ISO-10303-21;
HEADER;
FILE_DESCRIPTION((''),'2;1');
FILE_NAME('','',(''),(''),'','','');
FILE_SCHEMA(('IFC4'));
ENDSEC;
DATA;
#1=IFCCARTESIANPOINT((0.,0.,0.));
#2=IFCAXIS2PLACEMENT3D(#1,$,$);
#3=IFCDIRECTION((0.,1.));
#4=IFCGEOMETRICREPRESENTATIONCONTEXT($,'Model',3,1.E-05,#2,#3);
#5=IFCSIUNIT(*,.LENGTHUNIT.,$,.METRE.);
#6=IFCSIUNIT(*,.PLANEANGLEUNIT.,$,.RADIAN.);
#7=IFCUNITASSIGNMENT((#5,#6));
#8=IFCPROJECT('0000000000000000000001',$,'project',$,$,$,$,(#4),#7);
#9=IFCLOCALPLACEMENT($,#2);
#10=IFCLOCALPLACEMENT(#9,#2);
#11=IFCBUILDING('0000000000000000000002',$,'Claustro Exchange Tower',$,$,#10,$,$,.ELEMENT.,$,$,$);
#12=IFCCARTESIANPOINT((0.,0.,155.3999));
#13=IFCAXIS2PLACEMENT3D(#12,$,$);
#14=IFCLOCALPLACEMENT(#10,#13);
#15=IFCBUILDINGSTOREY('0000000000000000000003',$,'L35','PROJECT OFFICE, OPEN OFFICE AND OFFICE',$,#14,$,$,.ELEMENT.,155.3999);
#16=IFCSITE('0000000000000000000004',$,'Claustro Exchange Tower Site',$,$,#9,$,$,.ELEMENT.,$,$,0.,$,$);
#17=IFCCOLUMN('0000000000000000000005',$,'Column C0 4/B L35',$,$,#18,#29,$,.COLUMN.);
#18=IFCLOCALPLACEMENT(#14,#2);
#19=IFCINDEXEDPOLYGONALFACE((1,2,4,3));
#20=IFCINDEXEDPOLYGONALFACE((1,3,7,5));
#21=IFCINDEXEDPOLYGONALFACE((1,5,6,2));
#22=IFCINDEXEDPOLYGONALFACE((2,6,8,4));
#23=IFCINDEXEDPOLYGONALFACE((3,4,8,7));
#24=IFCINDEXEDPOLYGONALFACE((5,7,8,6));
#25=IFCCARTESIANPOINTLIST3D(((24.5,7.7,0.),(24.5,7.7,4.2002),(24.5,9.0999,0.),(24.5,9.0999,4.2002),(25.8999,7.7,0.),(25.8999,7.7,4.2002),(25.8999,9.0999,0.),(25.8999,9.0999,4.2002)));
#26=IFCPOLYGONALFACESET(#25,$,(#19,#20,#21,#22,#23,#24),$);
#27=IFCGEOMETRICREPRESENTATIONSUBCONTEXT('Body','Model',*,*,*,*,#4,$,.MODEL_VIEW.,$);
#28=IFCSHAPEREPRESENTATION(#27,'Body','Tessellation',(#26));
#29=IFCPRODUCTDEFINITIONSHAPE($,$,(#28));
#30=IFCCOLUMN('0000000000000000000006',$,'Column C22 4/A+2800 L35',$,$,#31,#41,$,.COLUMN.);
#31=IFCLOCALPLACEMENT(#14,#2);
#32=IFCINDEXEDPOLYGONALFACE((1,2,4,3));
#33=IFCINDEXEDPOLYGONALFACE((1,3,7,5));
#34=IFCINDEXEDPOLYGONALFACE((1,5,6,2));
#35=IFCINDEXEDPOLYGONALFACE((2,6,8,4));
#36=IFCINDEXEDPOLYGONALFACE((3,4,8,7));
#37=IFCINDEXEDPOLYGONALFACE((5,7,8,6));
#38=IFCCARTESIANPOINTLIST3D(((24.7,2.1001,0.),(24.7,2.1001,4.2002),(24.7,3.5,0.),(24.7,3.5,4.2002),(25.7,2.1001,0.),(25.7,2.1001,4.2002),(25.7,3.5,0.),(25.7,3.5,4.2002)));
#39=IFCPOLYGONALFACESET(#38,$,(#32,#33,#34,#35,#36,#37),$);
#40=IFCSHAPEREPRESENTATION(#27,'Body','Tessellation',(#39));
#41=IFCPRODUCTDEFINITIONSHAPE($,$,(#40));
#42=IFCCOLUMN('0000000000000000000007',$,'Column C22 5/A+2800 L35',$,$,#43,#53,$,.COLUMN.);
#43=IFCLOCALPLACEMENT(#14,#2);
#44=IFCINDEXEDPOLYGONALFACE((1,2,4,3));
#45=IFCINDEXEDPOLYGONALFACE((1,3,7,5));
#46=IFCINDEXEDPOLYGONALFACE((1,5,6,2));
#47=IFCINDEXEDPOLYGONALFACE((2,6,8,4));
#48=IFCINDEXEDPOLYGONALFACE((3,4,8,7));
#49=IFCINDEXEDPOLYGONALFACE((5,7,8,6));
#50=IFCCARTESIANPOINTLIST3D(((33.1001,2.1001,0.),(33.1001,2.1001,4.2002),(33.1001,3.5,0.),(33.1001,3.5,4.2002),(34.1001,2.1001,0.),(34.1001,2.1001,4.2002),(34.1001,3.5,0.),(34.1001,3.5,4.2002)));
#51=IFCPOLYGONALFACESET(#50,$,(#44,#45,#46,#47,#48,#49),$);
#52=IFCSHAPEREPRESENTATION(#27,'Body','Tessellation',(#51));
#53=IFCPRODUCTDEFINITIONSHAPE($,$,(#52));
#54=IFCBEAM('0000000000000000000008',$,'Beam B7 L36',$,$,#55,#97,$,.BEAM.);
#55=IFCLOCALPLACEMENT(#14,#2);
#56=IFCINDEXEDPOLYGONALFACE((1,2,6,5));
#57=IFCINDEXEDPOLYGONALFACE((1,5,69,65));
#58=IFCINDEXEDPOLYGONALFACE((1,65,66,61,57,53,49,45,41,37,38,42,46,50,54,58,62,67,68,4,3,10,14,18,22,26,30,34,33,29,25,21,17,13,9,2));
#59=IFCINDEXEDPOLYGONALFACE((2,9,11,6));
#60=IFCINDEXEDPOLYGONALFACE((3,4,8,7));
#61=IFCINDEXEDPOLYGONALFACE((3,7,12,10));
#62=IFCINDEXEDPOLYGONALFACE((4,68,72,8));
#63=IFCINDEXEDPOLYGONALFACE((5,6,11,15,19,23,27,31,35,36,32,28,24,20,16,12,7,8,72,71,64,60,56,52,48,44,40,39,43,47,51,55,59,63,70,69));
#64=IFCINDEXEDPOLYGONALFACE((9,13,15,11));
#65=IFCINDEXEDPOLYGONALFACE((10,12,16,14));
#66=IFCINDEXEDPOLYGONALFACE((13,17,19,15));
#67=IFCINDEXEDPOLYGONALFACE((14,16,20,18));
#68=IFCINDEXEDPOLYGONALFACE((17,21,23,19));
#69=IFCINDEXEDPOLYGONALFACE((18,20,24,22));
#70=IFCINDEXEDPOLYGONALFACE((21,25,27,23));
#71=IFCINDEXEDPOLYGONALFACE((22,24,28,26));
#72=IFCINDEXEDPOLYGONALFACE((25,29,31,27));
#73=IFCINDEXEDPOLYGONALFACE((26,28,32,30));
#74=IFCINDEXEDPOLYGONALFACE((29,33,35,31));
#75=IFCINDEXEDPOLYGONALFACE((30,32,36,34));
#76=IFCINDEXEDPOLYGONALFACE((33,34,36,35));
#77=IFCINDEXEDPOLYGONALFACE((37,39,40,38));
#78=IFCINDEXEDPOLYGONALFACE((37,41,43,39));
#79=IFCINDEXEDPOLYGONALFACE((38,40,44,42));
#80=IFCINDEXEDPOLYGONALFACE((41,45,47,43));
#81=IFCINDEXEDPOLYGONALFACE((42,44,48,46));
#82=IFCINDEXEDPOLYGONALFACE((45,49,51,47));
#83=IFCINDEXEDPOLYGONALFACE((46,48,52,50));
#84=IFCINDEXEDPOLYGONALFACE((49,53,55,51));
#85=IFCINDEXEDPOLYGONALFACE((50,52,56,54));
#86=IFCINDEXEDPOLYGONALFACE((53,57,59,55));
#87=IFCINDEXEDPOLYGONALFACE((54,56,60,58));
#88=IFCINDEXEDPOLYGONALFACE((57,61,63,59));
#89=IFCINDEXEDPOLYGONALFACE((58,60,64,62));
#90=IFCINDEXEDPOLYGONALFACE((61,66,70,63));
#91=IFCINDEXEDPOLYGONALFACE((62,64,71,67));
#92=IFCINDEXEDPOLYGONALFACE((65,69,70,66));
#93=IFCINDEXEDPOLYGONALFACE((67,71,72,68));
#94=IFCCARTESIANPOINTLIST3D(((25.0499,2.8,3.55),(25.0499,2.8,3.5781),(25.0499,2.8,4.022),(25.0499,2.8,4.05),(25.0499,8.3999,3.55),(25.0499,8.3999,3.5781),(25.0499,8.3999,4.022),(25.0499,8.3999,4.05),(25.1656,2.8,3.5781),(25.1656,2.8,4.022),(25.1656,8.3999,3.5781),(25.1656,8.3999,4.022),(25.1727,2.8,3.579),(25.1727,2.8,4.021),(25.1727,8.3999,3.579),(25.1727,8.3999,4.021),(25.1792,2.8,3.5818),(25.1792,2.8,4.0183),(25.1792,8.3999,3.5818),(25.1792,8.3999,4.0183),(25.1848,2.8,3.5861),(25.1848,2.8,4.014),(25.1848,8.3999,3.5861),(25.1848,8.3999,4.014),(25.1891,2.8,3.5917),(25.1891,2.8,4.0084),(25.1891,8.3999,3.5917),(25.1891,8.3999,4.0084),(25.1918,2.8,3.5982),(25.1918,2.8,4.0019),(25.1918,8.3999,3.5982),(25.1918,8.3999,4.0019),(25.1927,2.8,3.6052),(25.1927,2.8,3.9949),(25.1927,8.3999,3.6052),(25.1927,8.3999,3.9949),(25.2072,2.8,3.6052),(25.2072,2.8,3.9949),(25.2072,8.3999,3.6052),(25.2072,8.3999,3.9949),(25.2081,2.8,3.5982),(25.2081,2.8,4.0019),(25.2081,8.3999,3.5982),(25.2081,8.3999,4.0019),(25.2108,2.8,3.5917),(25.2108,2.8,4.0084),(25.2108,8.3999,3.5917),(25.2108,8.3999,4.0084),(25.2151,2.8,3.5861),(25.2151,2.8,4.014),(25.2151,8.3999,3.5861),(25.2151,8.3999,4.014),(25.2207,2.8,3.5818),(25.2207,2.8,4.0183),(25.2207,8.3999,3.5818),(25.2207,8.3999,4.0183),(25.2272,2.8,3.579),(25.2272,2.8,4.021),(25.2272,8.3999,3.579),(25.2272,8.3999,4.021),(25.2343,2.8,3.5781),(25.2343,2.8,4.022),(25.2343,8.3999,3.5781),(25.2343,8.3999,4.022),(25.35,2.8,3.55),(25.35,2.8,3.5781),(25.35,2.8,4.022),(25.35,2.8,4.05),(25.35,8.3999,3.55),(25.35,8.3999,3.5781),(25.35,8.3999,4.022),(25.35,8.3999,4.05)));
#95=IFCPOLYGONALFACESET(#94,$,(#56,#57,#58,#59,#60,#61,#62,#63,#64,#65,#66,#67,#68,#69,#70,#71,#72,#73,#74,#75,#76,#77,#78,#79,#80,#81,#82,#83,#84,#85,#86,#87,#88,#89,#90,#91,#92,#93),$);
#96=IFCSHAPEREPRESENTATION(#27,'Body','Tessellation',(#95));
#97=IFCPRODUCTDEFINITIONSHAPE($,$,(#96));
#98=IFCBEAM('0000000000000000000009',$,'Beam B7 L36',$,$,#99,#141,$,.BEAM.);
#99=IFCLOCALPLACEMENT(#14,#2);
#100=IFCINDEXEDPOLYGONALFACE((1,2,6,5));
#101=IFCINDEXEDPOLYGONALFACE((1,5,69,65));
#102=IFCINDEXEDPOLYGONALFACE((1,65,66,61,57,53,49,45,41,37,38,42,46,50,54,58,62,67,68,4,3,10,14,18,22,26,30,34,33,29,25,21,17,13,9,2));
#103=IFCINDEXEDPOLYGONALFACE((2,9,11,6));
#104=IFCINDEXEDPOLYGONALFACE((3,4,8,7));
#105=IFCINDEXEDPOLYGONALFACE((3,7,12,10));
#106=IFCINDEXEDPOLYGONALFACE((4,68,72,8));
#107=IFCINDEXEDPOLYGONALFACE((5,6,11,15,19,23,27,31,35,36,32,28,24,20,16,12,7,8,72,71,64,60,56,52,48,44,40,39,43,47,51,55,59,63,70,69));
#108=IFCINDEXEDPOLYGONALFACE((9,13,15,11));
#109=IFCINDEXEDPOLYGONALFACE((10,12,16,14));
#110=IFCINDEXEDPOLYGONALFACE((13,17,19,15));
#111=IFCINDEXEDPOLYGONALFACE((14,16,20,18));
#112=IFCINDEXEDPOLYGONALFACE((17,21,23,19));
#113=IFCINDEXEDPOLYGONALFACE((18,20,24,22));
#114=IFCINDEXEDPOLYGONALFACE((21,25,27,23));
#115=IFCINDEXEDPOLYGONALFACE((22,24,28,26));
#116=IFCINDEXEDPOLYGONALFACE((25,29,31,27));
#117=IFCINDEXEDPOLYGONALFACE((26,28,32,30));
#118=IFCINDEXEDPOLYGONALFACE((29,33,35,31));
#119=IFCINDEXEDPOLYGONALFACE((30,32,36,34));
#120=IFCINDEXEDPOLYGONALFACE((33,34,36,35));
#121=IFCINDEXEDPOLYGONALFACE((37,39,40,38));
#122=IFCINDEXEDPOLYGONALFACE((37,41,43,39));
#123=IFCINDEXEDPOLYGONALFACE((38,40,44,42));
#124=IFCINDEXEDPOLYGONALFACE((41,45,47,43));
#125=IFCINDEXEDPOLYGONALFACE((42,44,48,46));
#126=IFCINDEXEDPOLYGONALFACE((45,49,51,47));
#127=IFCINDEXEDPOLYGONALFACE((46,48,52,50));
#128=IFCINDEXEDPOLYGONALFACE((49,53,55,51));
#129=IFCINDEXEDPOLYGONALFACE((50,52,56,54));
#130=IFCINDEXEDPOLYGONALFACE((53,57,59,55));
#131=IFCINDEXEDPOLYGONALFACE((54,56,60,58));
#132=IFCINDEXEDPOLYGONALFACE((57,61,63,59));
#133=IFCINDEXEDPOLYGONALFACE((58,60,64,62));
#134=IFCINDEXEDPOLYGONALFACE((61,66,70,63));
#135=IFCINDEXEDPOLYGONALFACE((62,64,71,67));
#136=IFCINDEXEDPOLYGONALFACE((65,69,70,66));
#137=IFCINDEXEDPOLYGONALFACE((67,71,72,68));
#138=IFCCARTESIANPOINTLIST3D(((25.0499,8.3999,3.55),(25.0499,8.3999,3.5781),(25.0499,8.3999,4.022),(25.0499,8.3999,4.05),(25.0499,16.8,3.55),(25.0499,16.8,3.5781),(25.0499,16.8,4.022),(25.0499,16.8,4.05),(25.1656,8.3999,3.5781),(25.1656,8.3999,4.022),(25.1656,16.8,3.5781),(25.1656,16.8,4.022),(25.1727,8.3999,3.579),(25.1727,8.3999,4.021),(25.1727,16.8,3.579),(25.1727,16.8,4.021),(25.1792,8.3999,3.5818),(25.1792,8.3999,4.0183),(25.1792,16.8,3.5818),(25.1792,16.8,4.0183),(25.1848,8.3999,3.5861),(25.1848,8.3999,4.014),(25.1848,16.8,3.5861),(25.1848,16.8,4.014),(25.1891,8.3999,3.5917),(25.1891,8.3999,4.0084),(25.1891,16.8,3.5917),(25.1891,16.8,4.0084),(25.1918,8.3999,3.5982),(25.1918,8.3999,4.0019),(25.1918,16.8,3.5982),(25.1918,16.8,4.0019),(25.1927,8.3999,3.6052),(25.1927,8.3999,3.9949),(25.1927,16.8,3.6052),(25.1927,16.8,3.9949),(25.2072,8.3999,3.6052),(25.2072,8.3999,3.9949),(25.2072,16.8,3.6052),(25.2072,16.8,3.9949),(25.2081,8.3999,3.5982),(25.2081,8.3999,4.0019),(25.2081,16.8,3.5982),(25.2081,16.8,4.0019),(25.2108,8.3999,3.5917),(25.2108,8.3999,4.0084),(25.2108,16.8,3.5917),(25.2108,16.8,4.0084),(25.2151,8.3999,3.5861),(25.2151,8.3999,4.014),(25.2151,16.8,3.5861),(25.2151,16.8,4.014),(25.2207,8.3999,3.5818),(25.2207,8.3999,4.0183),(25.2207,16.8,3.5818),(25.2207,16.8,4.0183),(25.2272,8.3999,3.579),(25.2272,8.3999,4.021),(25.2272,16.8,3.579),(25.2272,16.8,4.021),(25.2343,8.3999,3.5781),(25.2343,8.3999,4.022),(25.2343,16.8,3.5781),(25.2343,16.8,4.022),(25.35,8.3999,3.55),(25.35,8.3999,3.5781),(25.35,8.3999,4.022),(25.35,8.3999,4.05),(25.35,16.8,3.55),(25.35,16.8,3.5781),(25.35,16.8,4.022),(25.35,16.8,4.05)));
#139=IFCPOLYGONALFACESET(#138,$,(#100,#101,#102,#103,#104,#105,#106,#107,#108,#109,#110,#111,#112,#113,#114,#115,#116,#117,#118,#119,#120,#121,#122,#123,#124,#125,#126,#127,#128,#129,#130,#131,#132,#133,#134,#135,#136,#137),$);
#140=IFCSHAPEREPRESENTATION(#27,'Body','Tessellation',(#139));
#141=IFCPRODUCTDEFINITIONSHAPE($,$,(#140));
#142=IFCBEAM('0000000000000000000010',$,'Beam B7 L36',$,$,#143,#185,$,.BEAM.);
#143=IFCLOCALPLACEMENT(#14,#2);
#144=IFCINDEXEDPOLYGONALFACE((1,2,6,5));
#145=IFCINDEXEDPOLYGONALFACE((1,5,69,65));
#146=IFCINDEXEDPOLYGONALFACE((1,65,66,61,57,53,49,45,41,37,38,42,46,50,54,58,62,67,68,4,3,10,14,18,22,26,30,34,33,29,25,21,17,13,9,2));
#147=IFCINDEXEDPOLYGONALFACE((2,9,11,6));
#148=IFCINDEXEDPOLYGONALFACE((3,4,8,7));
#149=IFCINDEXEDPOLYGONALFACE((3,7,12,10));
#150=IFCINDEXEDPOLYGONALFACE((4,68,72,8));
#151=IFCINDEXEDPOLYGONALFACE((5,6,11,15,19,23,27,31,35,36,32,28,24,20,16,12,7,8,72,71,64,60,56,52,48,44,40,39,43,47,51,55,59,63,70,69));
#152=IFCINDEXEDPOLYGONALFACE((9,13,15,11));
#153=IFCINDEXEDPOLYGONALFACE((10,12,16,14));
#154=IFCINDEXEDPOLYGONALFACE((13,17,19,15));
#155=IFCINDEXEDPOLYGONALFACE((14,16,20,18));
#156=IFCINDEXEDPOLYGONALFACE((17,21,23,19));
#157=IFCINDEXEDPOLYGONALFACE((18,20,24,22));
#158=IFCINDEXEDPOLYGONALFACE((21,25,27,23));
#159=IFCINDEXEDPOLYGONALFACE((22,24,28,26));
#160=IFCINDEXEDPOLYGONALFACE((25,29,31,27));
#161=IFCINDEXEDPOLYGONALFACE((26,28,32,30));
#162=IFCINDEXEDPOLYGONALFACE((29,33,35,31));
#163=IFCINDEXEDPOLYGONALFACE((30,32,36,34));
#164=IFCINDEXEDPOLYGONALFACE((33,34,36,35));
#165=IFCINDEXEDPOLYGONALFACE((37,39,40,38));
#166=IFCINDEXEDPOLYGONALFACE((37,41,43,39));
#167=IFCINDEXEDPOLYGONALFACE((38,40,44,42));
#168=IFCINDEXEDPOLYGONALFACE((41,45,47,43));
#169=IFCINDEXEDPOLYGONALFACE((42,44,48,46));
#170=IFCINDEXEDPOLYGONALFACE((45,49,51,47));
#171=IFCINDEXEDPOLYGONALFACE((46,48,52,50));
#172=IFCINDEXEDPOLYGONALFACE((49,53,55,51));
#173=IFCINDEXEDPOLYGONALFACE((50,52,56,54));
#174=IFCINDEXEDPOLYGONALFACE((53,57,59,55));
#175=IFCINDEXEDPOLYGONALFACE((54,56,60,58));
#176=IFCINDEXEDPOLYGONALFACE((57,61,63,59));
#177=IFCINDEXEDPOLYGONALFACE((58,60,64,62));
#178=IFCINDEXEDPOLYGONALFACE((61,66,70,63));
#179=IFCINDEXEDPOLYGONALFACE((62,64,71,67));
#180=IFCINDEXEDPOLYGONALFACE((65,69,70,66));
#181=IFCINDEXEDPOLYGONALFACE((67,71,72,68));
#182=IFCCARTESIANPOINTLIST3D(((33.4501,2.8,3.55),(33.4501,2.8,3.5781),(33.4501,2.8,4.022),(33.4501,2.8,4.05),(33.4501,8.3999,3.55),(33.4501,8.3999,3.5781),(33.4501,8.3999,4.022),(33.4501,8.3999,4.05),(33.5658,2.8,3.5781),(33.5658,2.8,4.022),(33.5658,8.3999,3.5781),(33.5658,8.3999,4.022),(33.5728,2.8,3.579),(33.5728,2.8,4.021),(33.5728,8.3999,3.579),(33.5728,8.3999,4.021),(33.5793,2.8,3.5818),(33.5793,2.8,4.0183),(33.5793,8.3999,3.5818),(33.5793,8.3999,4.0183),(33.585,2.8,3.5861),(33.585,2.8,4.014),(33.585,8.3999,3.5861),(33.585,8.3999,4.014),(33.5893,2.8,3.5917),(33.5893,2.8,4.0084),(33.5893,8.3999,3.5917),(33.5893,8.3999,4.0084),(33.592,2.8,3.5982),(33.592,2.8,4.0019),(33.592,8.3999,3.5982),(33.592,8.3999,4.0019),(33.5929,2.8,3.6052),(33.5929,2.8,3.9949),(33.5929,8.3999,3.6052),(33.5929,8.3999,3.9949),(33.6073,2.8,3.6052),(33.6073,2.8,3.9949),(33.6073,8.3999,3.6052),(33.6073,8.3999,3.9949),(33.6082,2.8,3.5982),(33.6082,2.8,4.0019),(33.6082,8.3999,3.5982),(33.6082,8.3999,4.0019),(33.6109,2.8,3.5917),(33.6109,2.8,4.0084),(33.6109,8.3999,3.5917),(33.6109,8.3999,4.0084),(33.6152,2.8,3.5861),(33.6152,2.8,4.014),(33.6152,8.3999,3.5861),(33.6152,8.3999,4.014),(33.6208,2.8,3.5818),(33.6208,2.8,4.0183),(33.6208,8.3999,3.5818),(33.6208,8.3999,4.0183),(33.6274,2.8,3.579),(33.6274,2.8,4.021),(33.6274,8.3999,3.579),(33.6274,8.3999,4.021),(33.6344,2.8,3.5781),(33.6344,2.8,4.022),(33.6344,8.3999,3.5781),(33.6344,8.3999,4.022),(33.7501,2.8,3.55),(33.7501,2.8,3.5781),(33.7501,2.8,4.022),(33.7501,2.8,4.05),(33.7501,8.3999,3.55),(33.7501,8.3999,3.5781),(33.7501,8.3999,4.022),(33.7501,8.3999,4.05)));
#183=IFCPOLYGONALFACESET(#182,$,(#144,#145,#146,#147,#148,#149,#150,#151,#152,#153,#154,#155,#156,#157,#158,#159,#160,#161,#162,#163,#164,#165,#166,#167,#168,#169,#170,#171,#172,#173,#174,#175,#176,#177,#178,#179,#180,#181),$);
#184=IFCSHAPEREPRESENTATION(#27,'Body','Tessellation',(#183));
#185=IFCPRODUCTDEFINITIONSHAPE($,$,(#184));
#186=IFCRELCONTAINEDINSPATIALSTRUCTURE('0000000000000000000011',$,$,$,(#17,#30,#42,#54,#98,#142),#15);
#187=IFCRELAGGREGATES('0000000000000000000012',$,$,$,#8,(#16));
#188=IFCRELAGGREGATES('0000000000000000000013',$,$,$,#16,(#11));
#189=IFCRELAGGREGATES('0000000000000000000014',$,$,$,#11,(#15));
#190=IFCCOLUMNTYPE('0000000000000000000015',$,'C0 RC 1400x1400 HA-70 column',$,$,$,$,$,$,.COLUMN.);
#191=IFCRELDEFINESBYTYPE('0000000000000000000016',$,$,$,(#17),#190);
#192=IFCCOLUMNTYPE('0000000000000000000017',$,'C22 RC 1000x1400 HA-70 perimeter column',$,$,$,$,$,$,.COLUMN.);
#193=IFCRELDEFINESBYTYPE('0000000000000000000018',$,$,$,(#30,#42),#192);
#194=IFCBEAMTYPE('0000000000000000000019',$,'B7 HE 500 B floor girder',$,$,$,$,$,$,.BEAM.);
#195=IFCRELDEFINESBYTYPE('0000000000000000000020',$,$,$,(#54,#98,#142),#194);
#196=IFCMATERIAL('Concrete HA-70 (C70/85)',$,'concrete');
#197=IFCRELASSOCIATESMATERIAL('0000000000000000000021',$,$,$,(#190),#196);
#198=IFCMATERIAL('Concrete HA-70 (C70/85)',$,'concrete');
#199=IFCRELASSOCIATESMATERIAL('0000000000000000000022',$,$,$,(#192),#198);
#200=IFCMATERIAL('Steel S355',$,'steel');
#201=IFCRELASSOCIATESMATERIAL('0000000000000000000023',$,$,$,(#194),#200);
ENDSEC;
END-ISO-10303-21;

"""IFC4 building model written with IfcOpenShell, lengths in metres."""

from ifc_helpers import new_model, si_unit, direction, frame, origin, origin_2d, place, context, subcontext, project, spatial, rectangle, i_section, extrude, material, material_profile, profile_set, type_object, element, save


model = new_model("IFC4")

# Units and contexts
model_context = context("Model", 3, precision=1e-05, world=origin(), true_north=direction((0.0, 1.0)))
body_context = subcontext(model_context, "Body", "Model", "MODEL_VIEW")
ifc_project = project(units=[si_unit("LENGTHUNIT", "METRE"), si_unit("PLANEANGLEUNIT", "RADIAN")], contexts=[model_context])

# Site, building, storey
site_placement = place(None, origin())
site = spatial("IfcSite", under=ifc_project, at=site_placement, Name="Claustro Exchange Tower Site", CompositionType="ELEMENT", RefElevation=0.0)
building_placement = place(site_placement, origin())
building = spatial("IfcBuilding", under=site, at=building_placement, Name="Claustro Exchange Tower", CompositionType="ELEMENT")
storey_placement = place(building_placement, frame((0.0, 0.0, 155.3999)))
storey = spatial("IfcBuildingStorey", under=building, at=storey_placement, Name="L35", Description="PROJECT OFFICE, OPEN OFFICE AND OFFICE", CompositionType="ELEMENT", Elevation=155.3999)

# Columns
ifc_material_1 = material(Name="Concrete HA-70 (C70/85)", Category="concrete")
ifc_material_profile_1 = material_profile(ifc_material_1, rectangle(XDim=1.3999, YDim=1.3999, at=origin_2d()), Name="RC 1400x1400")
ifc_profile_set_1 = profile_set([ifc_material_profile_1], Name="Concrete HA-70 (C70/85)")
column_type_1 = type_object("IfcColumnType", Name="C0 RC 1400x1400 HA-70 column", PredefinedType="COLUMN", material=ifc_profile_set_1)
column_placement = place(storey_placement, frame((25.2, 8.3999, 0.0), z_axis=(0.0, 0.0, 1.0), x_axis=(1.0, 0.0, 0.0)))
element("IfcColumn", 1, at=column_placement, inside=storey, type_object=column_type_1, Name="Column C0 4/B L35", PredefinedType="COLUMN", context=body_context, shape_type="SweptSolid", body=[
    extrude(rectangle(XDim=1.3999, YDim=1.3999, at=origin_2d()), origin(), (0.0, 0.0, 1.0), 4.2002),
])
ifc_material_2 = material(Name="Concrete HA-70 (C70/85)", Category="concrete")
ifc_material_profile_2 = material_profile(ifc_material_2, rectangle(XDim=1.0, YDim=1.3999, at=origin_2d()), Name="RC 1000x1400")
ifc_profile_set_2 = profile_set([ifc_material_profile_2], Name="Concrete HA-70 (C70/85)")
column_type_2 = type_object("IfcColumnType", Name="C22 RC 1000x1400 HA-70 perimeter column", PredefinedType="COLUMN", material=ifc_profile_set_2)
for number, where, z_axis, x_axis, name in (
    (2, (25.2, 2.8, 0.0), (0.0, 0.0, 1.0), (1.0, 0.0, 0.0), "Column C22 4/A+2800 L35"),
    (3, (33.6001, 2.8, 0.0), (0.0, 0.0, 1.0), (1.0, 0.0, 0.0), "Column C22 5/A+2800 L35"),
):
    element("IfcColumn", number, at=place(storey_placement, frame(where, z_axis=z_axis, x_axis=x_axis)), inside=storey, type_object=column_type_2, Name=name, PredefinedType="COLUMN", context=body_context, shape_type="SweptSolid", body=[
        extrude(rectangle(XDim=1.0, YDim=1.3999, at=origin_2d()), origin(), (0.0, 0.0, 1.0), 4.2002),
    ])

# Beams
ifc_material_3 = material(Name="Steel S355", Category="steel")
ifc_material_profile_3 = material_profile(ifc_material_3, i_section(OverallWidth=0.3, OverallDepth=0.5, WebThickness=0.0144, FlangeThickness=0.0281, FilletRadius=0.0271, at=origin_2d()), Name="HE 500 B")
ifc_profile_set_3 = profile_set([ifc_material_profile_3], Name="Steel S355")
beam_type_1 = type_object("IfcBeamType", Name="B7 HE 500 B floor girder", PredefinedType="BEAM", material=ifc_profile_set_3)
beam_1_placement = place(storey_placement, frame((25.2, 2.8, 3.8), z_axis=(0.0, 1.0, 0.0), x_axis=(-1.0, 0.0, 0.0)))
element("IfcBeam", 4, at=beam_1_placement, inside=storey, type_object=beam_type_1, Name="Beam B7 L36", PredefinedType="BEAM", context=body_context, shape_type="SweptSolid", body=[
    extrude(i_section(OverallWidth=0.3, OverallDepth=0.5, WebThickness=0.0144, FlangeThickness=0.0281, FilletRadius=0.0271, at=origin_2d()), origin(), (0.0, 0.0, 1.0), 5.5999),
])
beam_2_placement = place(storey_placement, frame((25.2, 8.3999, 3.8), z_axis=(0.0, 1.0, 0.0), x_axis=(-1.0, 0.0, 0.0)))
element("IfcBeam", 5, at=beam_2_placement, inside=storey, type_object=beam_type_1, Name="Beam B7 L36", PredefinedType="BEAM", context=body_context, shape_type="SweptSolid", body=[
    extrude(i_section(OverallWidth=0.3, OverallDepth=0.5, WebThickness=0.0144, FlangeThickness=0.0281, FilletRadius=0.0271, at=origin_2d()), origin(), (0.0, 0.0, 1.0), 8.4001),
])
beam_3_placement = place(storey_placement, frame((33.6001, 2.8, 3.8), z_axis=(0.0, 1.0, 0.0), x_axis=(-1.0, 0.0, 0.0)))
element("IfcBeam", 6, at=beam_3_placement, inside=storey, type_object=beam_type_1, Name="Beam B7 L36", PredefinedType="BEAM", context=body_context, shape_type="SweptSolid", body=[
    extrude(i_section(OverallWidth=0.3, OverallDepth=0.5, WebThickness=0.0144, FlangeThickness=0.0281, FilletRadius=0.0271, at=origin_2d()), origin(), (0.0, 0.0, 1.0), 5.5999),
])

save(model, "model.ifc")
